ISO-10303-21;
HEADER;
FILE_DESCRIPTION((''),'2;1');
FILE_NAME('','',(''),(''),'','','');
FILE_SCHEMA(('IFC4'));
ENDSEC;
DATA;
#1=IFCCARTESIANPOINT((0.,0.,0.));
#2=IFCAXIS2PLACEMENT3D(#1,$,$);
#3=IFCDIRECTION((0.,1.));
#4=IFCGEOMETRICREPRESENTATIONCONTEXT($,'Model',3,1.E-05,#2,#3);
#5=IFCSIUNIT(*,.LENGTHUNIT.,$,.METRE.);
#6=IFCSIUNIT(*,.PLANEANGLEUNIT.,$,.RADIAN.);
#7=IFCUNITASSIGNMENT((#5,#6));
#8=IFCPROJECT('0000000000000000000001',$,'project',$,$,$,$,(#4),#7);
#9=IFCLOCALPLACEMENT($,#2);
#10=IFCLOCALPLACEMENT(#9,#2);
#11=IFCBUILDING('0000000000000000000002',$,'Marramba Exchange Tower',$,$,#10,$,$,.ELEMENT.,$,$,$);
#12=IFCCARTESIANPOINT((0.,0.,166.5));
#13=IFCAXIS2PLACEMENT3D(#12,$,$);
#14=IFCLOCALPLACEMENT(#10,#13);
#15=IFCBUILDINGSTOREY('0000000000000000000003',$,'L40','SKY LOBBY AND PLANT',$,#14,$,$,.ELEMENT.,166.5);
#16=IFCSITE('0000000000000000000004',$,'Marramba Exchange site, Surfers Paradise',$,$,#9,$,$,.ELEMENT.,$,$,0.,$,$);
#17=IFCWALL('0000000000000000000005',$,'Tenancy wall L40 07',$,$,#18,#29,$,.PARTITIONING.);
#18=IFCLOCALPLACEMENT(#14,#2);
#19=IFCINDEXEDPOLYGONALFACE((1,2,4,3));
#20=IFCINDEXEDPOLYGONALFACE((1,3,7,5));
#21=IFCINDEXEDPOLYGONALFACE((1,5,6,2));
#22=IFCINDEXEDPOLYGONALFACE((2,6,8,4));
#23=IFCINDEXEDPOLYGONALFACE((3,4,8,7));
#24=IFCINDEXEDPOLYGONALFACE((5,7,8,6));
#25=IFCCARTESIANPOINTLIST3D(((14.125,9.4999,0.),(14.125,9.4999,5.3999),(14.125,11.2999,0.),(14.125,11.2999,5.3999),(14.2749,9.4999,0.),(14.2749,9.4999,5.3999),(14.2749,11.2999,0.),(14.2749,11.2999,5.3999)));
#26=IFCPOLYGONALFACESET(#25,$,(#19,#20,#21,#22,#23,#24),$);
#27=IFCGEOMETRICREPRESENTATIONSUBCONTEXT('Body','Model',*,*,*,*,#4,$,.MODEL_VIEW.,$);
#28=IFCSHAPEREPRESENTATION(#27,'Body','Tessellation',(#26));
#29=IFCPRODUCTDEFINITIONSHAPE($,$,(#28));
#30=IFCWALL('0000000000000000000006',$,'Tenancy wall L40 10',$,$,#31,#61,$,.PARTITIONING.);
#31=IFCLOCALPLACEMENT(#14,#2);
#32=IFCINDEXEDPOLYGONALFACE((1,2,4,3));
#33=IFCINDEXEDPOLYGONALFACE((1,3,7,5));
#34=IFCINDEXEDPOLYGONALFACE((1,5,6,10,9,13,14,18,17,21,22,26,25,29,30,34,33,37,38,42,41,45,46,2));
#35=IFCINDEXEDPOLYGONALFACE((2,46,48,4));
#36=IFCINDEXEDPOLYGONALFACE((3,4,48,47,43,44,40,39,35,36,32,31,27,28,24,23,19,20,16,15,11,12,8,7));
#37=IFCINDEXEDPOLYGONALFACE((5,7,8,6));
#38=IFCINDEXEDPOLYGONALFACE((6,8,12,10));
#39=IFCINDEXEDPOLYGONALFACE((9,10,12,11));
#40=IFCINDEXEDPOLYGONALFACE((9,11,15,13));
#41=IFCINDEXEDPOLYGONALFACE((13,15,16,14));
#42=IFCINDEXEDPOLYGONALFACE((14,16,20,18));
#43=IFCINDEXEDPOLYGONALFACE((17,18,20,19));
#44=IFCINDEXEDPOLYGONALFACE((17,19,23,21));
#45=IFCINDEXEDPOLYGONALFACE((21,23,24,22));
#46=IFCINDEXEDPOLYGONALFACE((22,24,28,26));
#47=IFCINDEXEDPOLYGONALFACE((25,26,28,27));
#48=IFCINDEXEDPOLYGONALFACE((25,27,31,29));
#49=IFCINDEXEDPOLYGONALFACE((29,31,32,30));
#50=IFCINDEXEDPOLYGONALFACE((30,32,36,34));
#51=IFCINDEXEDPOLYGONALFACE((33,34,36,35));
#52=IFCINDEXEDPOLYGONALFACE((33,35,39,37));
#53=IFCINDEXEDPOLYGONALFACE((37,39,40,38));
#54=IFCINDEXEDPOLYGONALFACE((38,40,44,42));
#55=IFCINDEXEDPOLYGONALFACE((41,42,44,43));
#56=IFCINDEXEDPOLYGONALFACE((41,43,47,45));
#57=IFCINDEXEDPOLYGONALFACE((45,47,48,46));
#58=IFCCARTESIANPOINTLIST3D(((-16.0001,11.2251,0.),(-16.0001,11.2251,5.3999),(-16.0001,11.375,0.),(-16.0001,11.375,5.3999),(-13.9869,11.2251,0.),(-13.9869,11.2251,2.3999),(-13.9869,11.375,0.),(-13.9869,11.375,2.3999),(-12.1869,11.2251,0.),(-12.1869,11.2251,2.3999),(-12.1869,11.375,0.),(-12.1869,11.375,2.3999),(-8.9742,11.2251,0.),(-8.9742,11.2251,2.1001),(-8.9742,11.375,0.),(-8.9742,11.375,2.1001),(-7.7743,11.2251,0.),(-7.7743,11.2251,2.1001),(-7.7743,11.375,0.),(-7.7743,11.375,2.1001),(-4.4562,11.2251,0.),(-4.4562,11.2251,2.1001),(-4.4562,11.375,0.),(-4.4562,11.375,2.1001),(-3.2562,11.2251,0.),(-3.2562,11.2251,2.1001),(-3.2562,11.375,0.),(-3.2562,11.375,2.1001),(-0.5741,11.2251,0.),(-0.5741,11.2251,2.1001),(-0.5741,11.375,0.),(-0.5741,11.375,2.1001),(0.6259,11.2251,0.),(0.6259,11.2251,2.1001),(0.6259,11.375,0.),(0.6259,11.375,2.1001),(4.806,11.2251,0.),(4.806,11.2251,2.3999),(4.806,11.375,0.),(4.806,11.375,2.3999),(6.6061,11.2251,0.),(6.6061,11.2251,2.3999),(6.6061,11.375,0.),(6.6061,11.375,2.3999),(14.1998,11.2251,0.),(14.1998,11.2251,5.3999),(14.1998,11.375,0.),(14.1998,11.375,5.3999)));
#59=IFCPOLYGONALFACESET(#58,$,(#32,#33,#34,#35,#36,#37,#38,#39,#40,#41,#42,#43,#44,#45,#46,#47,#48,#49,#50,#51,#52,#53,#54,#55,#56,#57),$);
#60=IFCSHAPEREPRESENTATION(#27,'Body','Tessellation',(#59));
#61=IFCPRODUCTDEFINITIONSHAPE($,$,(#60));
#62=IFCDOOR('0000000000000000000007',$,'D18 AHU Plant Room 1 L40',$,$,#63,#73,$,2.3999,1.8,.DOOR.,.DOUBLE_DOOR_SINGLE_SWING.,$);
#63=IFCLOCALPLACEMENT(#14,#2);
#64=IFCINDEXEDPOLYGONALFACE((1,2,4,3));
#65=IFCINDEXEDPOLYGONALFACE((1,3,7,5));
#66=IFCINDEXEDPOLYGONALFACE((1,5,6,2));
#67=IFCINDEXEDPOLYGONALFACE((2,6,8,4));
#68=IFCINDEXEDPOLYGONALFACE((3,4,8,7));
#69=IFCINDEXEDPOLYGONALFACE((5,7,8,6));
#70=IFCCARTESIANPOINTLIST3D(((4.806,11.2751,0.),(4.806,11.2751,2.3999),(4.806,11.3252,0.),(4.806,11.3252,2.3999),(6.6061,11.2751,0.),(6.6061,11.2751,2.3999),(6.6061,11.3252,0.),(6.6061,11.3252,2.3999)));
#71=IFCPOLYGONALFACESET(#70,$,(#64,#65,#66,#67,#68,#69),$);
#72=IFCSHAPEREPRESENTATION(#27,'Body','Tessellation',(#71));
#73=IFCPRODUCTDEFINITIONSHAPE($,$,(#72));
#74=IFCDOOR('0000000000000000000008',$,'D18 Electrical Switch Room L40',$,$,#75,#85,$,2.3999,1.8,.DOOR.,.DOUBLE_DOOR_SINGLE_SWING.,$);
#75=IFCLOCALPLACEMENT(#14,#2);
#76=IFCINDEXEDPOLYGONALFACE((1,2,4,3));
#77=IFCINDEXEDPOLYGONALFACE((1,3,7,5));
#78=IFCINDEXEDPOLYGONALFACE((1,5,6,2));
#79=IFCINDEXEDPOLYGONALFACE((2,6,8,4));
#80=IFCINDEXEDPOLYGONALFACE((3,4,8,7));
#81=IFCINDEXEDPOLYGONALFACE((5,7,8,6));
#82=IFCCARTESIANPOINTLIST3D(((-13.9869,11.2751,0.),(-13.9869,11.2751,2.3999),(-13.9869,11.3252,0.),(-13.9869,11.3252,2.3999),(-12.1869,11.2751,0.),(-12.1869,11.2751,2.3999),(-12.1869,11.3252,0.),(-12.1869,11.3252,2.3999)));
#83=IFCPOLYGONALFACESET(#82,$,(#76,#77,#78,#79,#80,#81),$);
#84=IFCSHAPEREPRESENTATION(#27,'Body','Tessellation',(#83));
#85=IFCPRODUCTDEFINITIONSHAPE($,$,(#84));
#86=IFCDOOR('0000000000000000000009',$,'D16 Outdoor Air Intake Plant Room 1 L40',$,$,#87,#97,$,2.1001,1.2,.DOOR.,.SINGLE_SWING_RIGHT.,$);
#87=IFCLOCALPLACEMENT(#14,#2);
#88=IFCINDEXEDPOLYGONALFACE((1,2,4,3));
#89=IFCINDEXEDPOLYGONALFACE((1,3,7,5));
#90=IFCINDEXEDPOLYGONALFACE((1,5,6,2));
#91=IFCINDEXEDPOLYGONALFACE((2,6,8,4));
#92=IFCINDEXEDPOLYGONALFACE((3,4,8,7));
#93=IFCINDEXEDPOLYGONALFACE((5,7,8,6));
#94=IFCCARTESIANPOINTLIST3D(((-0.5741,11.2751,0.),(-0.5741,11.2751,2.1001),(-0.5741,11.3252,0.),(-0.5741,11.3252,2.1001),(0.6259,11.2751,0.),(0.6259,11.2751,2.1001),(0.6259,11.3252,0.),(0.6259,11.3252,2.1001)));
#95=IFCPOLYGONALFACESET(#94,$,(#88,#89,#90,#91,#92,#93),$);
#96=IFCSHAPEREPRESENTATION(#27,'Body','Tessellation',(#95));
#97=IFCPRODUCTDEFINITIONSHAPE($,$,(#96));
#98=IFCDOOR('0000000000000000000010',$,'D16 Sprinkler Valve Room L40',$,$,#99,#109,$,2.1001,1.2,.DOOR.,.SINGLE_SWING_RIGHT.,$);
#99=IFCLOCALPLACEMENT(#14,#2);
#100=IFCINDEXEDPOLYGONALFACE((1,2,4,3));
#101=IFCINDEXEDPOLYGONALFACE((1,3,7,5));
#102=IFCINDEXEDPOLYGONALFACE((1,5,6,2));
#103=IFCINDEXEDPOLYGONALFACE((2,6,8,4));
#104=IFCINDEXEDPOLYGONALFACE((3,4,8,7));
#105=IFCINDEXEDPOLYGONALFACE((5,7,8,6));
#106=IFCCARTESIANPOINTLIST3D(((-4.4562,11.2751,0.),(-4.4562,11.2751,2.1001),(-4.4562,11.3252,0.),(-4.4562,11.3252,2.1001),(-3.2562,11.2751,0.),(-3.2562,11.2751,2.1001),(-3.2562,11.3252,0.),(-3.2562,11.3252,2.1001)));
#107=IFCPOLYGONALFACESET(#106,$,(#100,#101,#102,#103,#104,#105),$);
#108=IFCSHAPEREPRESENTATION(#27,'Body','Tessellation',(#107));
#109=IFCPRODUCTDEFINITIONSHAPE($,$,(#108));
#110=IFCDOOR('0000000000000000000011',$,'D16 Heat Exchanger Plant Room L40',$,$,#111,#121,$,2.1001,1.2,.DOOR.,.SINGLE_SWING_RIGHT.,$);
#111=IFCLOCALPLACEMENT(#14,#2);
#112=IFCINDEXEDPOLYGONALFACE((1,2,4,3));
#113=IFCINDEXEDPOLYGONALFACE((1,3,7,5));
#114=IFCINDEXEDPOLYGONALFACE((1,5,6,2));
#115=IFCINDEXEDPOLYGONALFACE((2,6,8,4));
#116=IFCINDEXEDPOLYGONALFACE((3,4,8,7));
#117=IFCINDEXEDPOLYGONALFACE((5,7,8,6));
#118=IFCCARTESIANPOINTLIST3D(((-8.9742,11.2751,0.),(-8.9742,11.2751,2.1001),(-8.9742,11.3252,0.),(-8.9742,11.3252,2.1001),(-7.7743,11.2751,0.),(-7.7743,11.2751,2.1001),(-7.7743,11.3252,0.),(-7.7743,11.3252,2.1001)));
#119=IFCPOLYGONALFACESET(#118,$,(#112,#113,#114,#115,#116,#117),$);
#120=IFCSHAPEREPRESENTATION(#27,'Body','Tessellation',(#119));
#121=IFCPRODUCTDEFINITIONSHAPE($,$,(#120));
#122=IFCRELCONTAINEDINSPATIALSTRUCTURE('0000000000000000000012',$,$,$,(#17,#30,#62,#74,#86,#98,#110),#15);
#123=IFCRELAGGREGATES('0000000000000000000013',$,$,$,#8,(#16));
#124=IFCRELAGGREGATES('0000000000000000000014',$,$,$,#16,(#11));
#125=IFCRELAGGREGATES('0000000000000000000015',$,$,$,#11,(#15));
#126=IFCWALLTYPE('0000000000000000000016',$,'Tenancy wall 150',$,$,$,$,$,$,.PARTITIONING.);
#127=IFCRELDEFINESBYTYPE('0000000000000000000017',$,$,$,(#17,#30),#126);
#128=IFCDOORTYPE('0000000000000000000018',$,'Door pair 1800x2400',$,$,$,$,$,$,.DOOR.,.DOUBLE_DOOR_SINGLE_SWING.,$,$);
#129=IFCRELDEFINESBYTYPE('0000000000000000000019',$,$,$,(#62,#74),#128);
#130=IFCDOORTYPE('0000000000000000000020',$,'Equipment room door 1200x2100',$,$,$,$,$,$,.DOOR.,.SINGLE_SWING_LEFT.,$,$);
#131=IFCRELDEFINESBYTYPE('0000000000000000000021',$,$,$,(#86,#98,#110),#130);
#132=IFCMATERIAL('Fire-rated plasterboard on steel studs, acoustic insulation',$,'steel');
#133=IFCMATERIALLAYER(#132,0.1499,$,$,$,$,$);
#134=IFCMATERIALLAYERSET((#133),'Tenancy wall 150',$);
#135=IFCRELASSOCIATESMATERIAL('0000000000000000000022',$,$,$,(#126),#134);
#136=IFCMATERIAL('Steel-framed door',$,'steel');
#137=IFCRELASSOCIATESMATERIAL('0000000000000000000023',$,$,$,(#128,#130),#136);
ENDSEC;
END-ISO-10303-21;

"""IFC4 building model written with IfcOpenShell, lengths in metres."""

from ifc_helpers import new_model, si_unit, direction, frame, frame_2d, origin, place, context, subcontext, project, spatial, rectangle, extrude, material, layer, layer_set, type_object, element, fill, save


model = new_model("IFC4")

# Units and contexts
model_context = context("Model", 3, precision=1e-05, world=origin(), true_north=direction((0.0, 1.0)))
body_context = subcontext(model_context, "Body", "Model", "MODEL_VIEW")
ifc_project = project(units=[si_unit("LENGTHUNIT", "METRE"), si_unit("PLANEANGLEUNIT", "RADIAN")], contexts=[model_context])

# Site, building, storey
site_placement = place(None, origin())
site = spatial("IfcSite", under=ifc_project, at=site_placement, Name="Marramba Exchange site, Surfers Paradise", CompositionType="ELEMENT", RefElevation=0.0)
building_placement = place(site_placement, origin())
building = spatial("IfcBuilding", under=site, at=building_placement, Name="Marramba Exchange Tower", CompositionType="ELEMENT")
storey_placement = place(building_placement, frame((0.0, 0.0, 166.5)))
storey = spatial("IfcBuildingStorey", under=building, at=storey_placement, Name="L40", Description="SKY LOBBY AND PLANT", CompositionType="ELEMENT", Elevation=166.5)

# Shared definitions
ifc_material_1 = material(Name="Steel-framed door", Category="steel")

# Wall
ifc_material_2 = material(Name="Fire-rated plasterboard on steel studs, acoustic insulation", Category="steel")
ifc_layer_1 = layer(ifc_material_2, 0.1499)
ifc_layer_set_1 = layer_set([ifc_layer_1], Name="Tenancy wall 150")
wall_type_1 = type_object("IfcWallType", Name="Tenancy wall 150", PredefinedType="PARTITIONING", material=ifc_layer_set_1)
wall_1_placement = place(storey_placement, frame((14.2, 9.5, 0.0), z_axis=(0.0, 0.0, 1.0), x_axis=(0.0, 1.0, 0.0)))
element("IfcWall", 1, at=wall_1_placement, inside=storey, type_object=wall_type_1, Name="Tenancy wall L40 07", PredefinedType="PARTITIONING", context=body_context, shape_type="SweptSolid", body=[
    extrude(rectangle(XDim=1.8, YDim=0.1499, at=frame_2d((0.8999, 0.0))), origin(), (0.0, 0.0, 1.0), 5.3999),
])

# Wall, openings, doors
wall_2_placement = place(storey_placement, frame((14.2, 11.3, 0.0), z_axis=(0.0, 0.0, 1.0), x_axis=(-1.0, 0.0, 0.0)))
wall_2 = element("IfcWall", 2, at=wall_2_placement, inside=storey, type_object=wall_type_1, Name="Tenancy wall L40 10", PredefinedType="PARTITIONING", context=body_context, shape_type="SweptSolid", body=[
    extrude(rectangle(XDim=30.2, YDim=0.1499, at=frame_2d((15.1001, 0.0))), origin(), (0.0, 0.0, 1.0), 5.3999),
])
opening_1_placement = place(wall_2_placement, frame((7.594, 0.0, 0.0)))
opening_1 = element("IfcOpeningElement", 3, at=opening_1_placement, cuts=wall_2, PredefinedType="OPENING", context=body_context, shape_type="SweptSolid", body=[
    extrude(rectangle(XDim=1.8, YDim=2.3999, at=frame_2d((0.8999, 1.2))), frame((0.0, 0.085, 0.0), z_axis=(0.0, -1.0, 0.0), x_axis=(1.0, 0.0, 0.0)), (0.0, 0.0, 1.0), 0.1699),
])
opening_2_placement = place(wall_2_placement, frame((13.574, 0.0, 0.0)))
opening_2 = element("IfcOpeningElement", 4, at=opening_2_placement, cuts=wall_2, PredefinedType="OPENING", context=body_context, shape_type="SweptSolid", body=[
    extrude(rectangle(XDim=1.2, YDim=2.1001, at=frame_2d((0.6001, 1.05))), frame((0.0, 0.085, 0.0), z_axis=(0.0, -1.0, 0.0), x_axis=(1.0, 0.0, 0.0)), (0.0, 0.0, 1.0), 0.1699),
])
opening_3_placement = place(wall_2_placement, frame((17.4561, 0.0, 0.0)))
opening_3 = element("IfcOpeningElement", 5, at=opening_3_placement, cuts=wall_2, PredefinedType="OPENING", context=body_context, shape_type="SweptSolid", body=[
    extrude(rectangle(XDim=1.2, YDim=2.1001, at=frame_2d((0.6001, 1.05))), frame((0.0, 0.085, 0.0), z_axis=(0.0, -1.0, 0.0), x_axis=(1.0, 0.0, 0.0)), (0.0, 0.0, 1.0), 0.1699),
])
opening_4_placement = place(wall_2_placement, frame((21.9741, 0.0, 0.0)))
opening_4 = element("IfcOpeningElement", 6, at=opening_4_placement, cuts=wall_2, PredefinedType="OPENING", context=body_context, shape_type="SweptSolid", body=[
    extrude(rectangle(XDim=1.2, YDim=2.1001, at=frame_2d((0.6001, 1.05))), frame((0.0, 0.085, 0.0), z_axis=(0.0, -1.0, 0.0), x_axis=(1.0, 0.0, 0.0)), (0.0, 0.0, 1.0), 0.1699),
])
opening_5_placement = place(wall_2_placement, frame((26.387, 0.0, 0.0)))
opening_5 = element("IfcOpeningElement", 7, at=opening_5_placement, cuts=wall_2, PredefinedType="OPENING", context=body_context, shape_type="SweptSolid", body=[
    extrude(rectangle(XDim=1.8, YDim=2.3999, at=frame_2d((0.8999, 1.2))), frame((0.0, 0.085, 0.0), z_axis=(0.0, -1.0, 0.0), x_axis=(1.0, 0.0, 0.0)), (0.0, 0.0, 1.0), 0.1699),
])
door_type_1 = type_object("IfcDoorType", Name="Door pair 1800x2400", OperationType="DOUBLE_DOOR_SINGLE_SWING", PredefinedType="DOOR", material=ifc_material_1)
door_1_placement = place(opening_1_placement, origin())
door_1 = element("IfcDoor", 8, at=door_1_placement, inside=storey, type_object=door_type_1, Name="D18 AHU Plant Room 1 L40", OperationType="DOUBLE_DOOR_SINGLE_SWING", OverallHeight=2.3999, OverallWidth=1.8, PredefinedType="DOOR", context=body_context, shape_type="SweptSolid", body=[
    extrude(rectangle(XDim=1.8, YDim=2.3999, at=frame_2d((0.8999, 1.2))), frame((0.0, 0.0249, 0.0), z_axis=(0.0, -1.0, 0.0), x_axis=(1.0, 0.0, 0.0)), (0.0, 0.0, 1.0), 0.05),
])
fill(opening_1, door_1)
door_2_placement = place(opening_5_placement, origin())
door_2 = element("IfcDoor", 9, at=door_2_placement, inside=storey, type_object=door_type_1, Name="D18 Electrical Switch Room L40", OperationType="DOUBLE_DOOR_SINGLE_SWING", OverallHeight=2.3999, OverallWidth=1.8, PredefinedType="DOOR", context=body_context, shape_type="SweptSolid", body=[
    extrude(rectangle(XDim=1.8, YDim=2.3999, at=frame_2d((0.8999, 1.2))), frame((0.0, 0.0249, 0.0), z_axis=(0.0, -1.0, 0.0), x_axis=(1.0, 0.0, 0.0)), (0.0, 0.0, 1.0), 0.05),
])
fill(opening_5, door_2)
door_type_2 = type_object("IfcDoorType", Name="Equipment room door 1200x2100", OperationType="SINGLE_SWING_LEFT", PredefinedType="DOOR", material=ifc_material_1)
door_3_placement = place(opening_2_placement, frame((1.2, 0.0, 0.0), z_axis=(0.0, 0.0, 1.0), x_axis=(-1.0, 0.0, 0.0)))
door_3 = element("IfcDoor", 10, at=door_3_placement, inside=storey, type_object=door_type_2, Name="D16 Outdoor Air Intake Plant Room 1 L40", OperationType="SINGLE_SWING_RIGHT", OverallHeight=2.1001, OverallWidth=1.2, PredefinedType="DOOR", context=body_context, shape_type="SweptSolid", body=[
    extrude(rectangle(XDim=1.2, YDim=2.1001, at=frame_2d((0.5999, 1.05))), frame((0.0, 0.0251, 0.0), z_axis=(0.0, -1.0, 0.0), x_axis=(1.0, 0.0, 0.0)), (0.0, 0.0, 1.0), 0.05),
])
fill(opening_2, door_3)
door_4_placement = place(opening_3_placement, origin())
door_4 = element("IfcDoor", 11, at=door_4_placement, inside=storey, type_object=door_type_2, Name="D16 Sprinkler Valve Room L40", OperationType="SINGLE_SWING_RIGHT", OverallHeight=2.1001, OverallWidth=1.2, PredefinedType="DOOR", context=body_context, shape_type="SweptSolid", body=[
    extrude(rectangle(XDim=1.2, YDim=2.1001, at=frame_2d((0.6001, 1.05))), frame((0.0, 0.0249, 0.0), z_axis=(0.0, -1.0, 0.0), x_axis=(1.0, 0.0, 0.0)), (0.0, 0.0, 1.0), 0.05),
])
fill(opening_3, door_4)
door_5_placement = place(opening_4_placement, frame((1.2, 0.0, 0.0), z_axis=(0.0, 0.0, 1.0), x_axis=(-1.0, 0.0, 0.0)))
door_5 = element("IfcDoor", 12, at=door_5_placement, inside=storey, type_object=door_type_2, Name="D16 Heat Exchanger Plant Room L40", OperationType="SINGLE_SWING_RIGHT", OverallHeight=2.1001, OverallWidth=1.2, PredefinedType="DOOR", context=body_context, shape_type="SweptSolid", body=[
    extrude(rectangle(XDim=1.2, YDim=2.1001, at=frame_2d((0.5999, 1.05))), frame((0.0, 0.0251, 0.0), z_axis=(0.0, -1.0, 0.0), x_axis=(1.0, 0.0, 0.0)), (0.0, 0.0, 1.0), 0.05),
])
fill(opening_4, door_5)

save(model, "model.ifc")
